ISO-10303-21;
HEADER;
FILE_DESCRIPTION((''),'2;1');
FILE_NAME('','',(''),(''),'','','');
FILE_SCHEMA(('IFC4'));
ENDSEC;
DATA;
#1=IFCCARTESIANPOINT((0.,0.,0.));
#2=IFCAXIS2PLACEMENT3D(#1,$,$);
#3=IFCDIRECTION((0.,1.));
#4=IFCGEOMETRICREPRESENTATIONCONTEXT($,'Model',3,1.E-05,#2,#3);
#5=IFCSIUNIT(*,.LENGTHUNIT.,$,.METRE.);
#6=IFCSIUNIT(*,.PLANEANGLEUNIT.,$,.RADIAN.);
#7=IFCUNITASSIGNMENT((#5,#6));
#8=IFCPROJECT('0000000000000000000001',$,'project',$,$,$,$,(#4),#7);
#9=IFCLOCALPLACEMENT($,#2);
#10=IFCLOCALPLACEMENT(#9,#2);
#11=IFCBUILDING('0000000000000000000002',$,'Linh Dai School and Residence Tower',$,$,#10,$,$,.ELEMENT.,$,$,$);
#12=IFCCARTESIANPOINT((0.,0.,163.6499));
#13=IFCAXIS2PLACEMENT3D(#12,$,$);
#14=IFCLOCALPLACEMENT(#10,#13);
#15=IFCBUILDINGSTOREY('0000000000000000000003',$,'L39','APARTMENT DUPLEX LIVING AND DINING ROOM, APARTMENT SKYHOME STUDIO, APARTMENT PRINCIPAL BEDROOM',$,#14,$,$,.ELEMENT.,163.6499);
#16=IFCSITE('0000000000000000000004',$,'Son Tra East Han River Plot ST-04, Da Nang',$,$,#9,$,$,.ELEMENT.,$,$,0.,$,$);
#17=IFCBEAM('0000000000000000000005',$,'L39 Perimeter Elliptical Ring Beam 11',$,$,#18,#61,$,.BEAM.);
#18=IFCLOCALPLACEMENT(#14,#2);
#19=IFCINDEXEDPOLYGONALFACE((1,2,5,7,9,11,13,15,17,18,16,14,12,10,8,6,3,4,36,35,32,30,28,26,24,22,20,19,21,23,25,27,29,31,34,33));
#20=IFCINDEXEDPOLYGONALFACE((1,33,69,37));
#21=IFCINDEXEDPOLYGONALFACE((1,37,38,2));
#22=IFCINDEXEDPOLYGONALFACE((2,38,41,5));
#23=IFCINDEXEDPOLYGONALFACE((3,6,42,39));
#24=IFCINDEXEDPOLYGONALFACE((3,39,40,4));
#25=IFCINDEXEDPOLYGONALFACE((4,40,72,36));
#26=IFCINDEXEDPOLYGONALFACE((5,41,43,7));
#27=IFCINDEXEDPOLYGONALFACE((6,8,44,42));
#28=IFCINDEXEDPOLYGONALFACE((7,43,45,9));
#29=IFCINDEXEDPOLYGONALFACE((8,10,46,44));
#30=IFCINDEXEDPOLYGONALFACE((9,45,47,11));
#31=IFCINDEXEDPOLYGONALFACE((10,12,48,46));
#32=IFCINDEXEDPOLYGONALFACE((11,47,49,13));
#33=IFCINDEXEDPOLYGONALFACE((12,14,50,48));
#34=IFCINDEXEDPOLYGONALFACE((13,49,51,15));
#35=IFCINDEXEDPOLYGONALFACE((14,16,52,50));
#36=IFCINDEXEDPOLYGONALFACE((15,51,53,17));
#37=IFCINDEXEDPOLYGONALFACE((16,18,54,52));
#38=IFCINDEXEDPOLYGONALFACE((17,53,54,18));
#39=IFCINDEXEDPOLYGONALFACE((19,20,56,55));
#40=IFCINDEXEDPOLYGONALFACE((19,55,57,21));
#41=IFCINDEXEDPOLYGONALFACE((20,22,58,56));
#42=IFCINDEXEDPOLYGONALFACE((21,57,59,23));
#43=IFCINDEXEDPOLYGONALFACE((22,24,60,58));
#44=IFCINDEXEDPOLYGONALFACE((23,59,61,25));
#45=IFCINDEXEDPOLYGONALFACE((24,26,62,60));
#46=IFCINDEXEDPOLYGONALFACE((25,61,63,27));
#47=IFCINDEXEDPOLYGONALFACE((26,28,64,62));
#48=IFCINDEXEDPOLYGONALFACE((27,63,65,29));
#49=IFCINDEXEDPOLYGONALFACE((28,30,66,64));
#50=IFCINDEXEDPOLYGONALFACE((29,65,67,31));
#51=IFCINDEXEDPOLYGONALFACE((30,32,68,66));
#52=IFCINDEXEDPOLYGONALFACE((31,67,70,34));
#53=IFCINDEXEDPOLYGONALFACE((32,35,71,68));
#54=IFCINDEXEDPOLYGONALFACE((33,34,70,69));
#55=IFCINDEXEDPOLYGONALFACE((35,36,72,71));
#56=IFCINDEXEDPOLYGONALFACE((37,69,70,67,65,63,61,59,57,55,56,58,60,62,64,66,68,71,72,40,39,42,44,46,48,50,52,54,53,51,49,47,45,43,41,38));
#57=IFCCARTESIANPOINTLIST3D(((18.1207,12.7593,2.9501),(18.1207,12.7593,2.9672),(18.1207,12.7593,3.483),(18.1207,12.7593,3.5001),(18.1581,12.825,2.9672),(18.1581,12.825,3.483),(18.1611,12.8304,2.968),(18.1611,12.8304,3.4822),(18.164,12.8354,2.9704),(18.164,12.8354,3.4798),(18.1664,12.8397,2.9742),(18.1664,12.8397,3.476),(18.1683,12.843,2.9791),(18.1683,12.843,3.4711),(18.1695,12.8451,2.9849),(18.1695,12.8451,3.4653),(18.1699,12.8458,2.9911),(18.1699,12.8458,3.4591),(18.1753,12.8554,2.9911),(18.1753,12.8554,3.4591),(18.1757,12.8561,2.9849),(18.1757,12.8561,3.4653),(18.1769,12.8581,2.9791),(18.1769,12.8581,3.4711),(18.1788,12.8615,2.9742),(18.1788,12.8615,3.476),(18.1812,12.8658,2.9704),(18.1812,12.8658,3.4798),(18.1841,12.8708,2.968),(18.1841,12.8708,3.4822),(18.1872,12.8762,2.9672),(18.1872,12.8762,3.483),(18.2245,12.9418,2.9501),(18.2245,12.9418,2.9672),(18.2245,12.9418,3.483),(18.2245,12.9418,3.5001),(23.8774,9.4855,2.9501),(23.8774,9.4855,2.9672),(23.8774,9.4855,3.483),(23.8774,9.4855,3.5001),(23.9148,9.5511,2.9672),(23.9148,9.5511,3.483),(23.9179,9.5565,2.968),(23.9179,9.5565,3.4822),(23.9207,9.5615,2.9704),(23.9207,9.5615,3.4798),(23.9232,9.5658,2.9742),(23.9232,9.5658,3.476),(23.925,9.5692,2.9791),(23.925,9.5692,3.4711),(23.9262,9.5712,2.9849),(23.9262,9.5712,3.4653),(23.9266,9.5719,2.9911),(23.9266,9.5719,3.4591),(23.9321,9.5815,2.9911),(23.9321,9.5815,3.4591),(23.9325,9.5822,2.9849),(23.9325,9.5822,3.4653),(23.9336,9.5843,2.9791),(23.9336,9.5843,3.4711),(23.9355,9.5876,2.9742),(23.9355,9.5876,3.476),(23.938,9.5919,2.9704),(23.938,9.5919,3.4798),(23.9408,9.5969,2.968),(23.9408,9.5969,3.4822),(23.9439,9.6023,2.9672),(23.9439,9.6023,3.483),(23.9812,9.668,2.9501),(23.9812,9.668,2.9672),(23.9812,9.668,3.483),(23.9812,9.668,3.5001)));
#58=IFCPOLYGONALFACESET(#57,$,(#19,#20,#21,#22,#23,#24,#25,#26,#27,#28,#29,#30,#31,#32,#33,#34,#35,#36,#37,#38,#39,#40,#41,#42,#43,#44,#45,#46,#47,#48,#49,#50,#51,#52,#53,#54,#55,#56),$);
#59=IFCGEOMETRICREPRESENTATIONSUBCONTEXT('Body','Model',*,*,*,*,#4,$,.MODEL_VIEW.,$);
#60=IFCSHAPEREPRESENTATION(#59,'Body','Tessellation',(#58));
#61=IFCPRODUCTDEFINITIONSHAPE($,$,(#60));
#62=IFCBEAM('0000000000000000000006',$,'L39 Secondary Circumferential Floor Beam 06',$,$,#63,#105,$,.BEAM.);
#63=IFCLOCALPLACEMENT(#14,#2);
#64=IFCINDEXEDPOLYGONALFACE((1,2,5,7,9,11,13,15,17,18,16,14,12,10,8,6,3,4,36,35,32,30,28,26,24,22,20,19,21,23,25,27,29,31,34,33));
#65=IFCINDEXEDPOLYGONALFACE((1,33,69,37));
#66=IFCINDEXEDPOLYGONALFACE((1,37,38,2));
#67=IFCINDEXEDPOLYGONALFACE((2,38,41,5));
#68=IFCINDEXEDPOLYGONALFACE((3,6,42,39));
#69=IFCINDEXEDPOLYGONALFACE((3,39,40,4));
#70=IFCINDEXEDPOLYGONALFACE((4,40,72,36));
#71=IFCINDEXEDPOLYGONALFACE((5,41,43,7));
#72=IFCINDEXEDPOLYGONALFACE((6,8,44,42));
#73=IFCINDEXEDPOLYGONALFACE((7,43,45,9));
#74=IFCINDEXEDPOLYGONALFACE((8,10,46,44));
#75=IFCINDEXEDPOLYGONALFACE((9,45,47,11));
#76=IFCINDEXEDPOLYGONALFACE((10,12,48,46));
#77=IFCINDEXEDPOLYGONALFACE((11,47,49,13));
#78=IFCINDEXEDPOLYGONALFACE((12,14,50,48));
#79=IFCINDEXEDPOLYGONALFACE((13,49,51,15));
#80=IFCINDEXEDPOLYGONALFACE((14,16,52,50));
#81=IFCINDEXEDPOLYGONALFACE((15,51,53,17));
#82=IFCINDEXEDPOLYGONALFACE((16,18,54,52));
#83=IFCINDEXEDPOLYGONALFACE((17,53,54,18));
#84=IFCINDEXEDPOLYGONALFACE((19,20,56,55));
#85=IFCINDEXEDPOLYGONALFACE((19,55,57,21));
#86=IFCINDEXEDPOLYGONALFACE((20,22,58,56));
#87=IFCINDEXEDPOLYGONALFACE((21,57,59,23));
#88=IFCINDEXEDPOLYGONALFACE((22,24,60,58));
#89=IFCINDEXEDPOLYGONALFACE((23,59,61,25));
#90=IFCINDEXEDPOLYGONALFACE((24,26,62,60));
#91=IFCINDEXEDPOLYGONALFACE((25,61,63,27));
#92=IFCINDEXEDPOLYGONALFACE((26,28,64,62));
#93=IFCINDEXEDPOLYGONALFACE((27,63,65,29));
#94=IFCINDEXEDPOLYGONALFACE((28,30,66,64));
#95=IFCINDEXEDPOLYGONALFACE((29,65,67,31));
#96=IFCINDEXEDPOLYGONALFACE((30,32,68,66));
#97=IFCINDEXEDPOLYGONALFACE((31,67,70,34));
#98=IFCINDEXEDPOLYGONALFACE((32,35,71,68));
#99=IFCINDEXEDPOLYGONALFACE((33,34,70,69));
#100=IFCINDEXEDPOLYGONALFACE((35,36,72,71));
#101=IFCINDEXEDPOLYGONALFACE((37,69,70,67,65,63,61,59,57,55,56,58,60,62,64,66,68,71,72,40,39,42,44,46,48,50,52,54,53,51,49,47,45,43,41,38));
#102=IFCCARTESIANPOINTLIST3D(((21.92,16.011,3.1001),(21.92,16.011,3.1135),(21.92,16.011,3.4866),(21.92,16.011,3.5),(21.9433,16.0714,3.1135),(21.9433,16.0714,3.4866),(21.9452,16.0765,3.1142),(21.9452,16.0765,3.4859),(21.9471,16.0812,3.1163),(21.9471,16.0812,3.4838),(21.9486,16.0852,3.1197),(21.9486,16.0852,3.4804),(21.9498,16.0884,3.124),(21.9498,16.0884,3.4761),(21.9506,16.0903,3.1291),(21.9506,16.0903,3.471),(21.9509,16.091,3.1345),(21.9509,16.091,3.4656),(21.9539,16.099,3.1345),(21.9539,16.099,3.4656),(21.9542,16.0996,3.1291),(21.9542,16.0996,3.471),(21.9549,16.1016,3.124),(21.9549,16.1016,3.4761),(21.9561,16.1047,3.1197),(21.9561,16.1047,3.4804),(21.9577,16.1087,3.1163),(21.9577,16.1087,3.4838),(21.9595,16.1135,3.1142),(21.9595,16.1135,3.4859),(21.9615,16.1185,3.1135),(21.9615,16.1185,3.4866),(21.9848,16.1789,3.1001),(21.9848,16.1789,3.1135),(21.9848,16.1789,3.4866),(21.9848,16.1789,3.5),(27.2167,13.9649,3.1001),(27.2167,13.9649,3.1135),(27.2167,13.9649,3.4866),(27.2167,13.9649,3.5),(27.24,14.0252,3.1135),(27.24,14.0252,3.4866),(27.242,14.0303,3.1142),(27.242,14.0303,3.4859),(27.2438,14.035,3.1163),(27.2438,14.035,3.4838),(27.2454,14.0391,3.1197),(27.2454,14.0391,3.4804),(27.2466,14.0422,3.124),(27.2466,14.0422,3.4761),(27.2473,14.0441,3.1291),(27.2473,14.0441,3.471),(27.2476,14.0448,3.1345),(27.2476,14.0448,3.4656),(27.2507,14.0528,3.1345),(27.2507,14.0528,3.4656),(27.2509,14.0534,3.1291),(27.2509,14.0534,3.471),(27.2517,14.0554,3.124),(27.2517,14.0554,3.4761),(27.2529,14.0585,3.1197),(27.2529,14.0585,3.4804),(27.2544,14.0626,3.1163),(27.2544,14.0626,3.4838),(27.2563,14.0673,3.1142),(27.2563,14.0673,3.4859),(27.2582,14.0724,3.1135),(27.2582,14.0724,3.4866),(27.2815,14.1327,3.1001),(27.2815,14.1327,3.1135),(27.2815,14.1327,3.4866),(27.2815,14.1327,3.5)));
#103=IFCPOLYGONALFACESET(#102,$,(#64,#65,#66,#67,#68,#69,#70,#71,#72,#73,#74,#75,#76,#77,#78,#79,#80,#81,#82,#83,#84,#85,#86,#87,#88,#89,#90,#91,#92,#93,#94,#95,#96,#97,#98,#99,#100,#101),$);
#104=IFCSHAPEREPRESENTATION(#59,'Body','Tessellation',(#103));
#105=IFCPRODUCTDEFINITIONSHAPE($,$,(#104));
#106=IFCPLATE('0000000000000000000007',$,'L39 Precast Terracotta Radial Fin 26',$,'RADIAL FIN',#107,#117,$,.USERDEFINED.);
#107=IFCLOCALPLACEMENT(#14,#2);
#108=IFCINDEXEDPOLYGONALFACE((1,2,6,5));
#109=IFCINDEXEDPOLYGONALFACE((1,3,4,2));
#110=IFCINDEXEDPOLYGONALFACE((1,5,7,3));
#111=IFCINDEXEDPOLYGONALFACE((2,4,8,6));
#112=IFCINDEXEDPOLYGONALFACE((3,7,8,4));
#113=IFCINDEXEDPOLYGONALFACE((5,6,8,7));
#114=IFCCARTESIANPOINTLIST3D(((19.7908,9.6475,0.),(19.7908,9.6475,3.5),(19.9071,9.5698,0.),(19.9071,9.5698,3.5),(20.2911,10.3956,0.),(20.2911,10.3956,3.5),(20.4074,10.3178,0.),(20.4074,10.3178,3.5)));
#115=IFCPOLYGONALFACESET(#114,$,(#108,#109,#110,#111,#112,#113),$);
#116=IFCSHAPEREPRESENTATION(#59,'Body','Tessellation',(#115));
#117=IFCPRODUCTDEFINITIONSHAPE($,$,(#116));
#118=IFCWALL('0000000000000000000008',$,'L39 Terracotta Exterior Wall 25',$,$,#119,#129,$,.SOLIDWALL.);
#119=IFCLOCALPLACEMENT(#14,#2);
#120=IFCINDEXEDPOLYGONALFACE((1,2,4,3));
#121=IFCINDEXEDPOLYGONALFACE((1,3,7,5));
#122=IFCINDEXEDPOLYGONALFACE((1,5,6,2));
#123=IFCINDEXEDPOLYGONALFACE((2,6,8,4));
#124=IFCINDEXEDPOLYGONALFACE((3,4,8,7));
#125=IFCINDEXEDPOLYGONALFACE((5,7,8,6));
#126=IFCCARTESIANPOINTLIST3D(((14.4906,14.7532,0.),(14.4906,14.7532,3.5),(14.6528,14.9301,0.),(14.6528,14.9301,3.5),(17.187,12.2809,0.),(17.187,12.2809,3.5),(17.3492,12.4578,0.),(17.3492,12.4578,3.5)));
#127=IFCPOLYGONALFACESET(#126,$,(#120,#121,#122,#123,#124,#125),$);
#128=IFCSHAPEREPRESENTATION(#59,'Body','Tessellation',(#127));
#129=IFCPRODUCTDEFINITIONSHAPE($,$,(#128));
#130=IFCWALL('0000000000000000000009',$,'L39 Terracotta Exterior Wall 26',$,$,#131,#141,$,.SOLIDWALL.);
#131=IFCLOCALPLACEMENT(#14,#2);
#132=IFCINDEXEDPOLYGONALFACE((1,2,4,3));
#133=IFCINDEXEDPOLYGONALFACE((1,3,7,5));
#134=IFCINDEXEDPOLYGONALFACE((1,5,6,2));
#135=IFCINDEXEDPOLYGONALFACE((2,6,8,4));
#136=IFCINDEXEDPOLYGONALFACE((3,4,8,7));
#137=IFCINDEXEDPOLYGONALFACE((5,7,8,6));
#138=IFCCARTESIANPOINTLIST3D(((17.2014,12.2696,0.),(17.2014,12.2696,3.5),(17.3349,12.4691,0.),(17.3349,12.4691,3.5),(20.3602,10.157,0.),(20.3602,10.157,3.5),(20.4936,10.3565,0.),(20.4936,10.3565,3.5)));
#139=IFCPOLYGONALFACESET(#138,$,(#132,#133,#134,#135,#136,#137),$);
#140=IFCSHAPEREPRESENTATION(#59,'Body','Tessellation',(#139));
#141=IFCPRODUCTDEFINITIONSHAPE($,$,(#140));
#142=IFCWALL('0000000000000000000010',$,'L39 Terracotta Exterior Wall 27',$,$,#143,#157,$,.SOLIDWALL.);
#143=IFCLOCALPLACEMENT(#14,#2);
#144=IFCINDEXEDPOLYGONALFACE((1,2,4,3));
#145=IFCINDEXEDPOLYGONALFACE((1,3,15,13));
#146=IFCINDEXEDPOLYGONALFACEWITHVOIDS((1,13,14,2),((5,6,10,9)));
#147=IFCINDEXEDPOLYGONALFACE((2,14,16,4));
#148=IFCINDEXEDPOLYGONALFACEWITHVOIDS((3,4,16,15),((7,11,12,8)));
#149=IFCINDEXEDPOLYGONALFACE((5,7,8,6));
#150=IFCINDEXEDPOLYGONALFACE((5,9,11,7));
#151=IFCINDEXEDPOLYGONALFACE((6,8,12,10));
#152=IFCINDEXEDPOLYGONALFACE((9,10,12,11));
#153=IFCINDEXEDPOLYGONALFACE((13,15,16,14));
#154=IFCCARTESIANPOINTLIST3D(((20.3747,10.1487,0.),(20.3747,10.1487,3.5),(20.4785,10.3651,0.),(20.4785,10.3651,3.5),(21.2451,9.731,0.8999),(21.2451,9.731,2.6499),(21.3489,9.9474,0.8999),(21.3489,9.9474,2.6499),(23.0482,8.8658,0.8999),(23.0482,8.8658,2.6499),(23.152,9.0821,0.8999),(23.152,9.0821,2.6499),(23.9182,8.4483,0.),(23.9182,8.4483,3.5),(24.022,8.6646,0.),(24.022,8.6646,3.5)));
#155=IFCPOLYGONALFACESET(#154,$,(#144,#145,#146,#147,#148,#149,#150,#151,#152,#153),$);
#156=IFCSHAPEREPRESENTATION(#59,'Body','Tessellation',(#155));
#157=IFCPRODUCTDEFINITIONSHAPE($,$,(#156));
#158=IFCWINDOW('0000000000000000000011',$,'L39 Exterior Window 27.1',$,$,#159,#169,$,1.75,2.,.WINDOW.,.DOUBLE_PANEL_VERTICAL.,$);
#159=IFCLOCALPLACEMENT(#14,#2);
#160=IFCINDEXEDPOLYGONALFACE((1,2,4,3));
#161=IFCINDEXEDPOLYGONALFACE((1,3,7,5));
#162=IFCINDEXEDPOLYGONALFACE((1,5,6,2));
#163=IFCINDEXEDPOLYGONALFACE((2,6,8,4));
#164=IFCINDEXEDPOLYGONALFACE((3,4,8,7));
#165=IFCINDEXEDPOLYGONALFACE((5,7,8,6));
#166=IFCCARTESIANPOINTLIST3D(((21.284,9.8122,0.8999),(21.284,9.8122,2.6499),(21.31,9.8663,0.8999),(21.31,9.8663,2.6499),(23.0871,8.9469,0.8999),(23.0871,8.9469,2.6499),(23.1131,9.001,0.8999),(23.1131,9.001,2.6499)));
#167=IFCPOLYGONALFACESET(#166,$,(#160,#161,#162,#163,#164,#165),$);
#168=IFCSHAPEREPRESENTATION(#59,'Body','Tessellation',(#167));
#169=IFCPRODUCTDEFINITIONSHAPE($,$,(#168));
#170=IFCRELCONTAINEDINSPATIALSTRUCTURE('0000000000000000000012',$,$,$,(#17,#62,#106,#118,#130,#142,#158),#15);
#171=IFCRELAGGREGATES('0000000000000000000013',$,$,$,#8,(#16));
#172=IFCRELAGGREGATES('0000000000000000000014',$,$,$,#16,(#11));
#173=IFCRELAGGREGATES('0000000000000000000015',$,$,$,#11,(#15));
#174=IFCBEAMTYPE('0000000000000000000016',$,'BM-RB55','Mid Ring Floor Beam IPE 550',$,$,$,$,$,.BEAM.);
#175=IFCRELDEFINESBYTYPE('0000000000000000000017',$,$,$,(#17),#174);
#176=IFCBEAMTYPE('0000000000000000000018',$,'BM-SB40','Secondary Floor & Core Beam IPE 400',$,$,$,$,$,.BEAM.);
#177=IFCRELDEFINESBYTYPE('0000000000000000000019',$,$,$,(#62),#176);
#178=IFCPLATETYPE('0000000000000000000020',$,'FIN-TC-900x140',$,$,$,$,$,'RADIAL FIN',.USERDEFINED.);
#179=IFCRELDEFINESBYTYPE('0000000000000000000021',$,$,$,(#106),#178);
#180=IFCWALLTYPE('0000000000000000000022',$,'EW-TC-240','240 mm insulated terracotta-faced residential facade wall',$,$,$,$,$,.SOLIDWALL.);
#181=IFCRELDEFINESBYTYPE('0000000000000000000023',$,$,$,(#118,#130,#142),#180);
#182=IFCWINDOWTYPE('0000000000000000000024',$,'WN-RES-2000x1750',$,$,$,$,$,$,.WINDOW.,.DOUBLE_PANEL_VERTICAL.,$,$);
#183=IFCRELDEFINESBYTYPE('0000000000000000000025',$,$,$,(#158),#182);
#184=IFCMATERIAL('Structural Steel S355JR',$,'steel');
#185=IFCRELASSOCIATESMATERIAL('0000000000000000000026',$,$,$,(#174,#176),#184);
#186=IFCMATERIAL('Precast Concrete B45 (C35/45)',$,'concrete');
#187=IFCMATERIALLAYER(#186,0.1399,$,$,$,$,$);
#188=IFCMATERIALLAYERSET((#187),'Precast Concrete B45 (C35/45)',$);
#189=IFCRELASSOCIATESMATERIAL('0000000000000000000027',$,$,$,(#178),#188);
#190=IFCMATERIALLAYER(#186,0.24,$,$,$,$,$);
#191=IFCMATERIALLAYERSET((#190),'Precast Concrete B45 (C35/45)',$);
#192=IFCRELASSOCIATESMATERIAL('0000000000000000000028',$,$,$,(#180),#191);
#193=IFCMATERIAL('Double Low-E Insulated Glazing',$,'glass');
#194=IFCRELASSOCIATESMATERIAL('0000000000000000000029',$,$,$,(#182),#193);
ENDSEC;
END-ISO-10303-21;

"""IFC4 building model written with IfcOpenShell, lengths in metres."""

from ifc_helpers import new_model, si_unit, direction, frame, frame_2d, origin, origin_2d, place, context, subcontext, project, spatial, rectangle, i_section, extrude, source, transform, mapped, material, layer, layer_set, material_profile, profile_set, type_object, element, fill, save


model = new_model("IFC4")

# Units and contexts
model_context = context("Model", 3, precision=1e-05, world=origin(), true_north=direction((0.0, 1.0)))
body_context = subcontext(model_context, "Body", "Model", "MODEL_VIEW")
ifc_project = project(units=[si_unit("LENGTHUNIT", "METRE"), si_unit("PLANEANGLEUNIT", "RADIAN")], contexts=[model_context])

# Site, building, storey
site_placement = place(None, origin())
site = spatial("IfcSite", under=ifc_project, at=site_placement, Name="Son Tra East Han River Plot ST-04, Da Nang", CompositionType="ELEMENT", RefElevation=0.0)
building_placement = place(site_placement, origin())
building = spatial("IfcBuilding", under=site, at=building_placement, Name="Linh Dai School and Residence Tower", CompositionType="ELEMENT")
storey_placement = place(building_placement, frame((0.0, 0.0, 163.6499)))
storey = spatial("IfcBuildingStorey", under=building, at=storey_placement, Name="L39", Description="APARTMENT DUPLEX LIVING AND DINING ROOM, APARTMENT SKYHOME STUDIO, APARTMENT PRINCIPAL BEDROOM", CompositionType="ELEMENT", Elevation=163.6499)

# Shared definitions
ifc_material_1 = material(Name="Structural Steel S355JR", Category="steel")

# Beams
ifc_material_profile_1 = material_profile(ifc_material_1, i_section(OverallWidth=0.21, OverallDepth=0.55, WebThickness=0.011, FlangeThickness=0.0171, FilletRadius=0.0239, at=origin_2d()), Name="IPE 550")
ifc_profile_set_1 = profile_set([ifc_material_profile_1], Name="Structural Steel S355JR")
beam_type_1 = type_object("IfcBeamType", Name="BM-RB55", Description="Mid Ring Floor Beam IPE 550", PredefinedType="BEAM", material=ifc_profile_set_1)
beam_1_placement = place(storey_placement, frame((18.1726, 12.8506, 3.2251), z_axis=(0.869262, -0.494351, 0.0), x_axis=(0.494351, 0.869262, 0.0)))
element("IfcBeam", 1, at=beam_1_placement, inside=storey, type_object=beam_type_1, Name="L39 Perimeter Elliptical Ring Beam 11", PredefinedType="BEAM", context=body_context, shape_type="SweptSolid", body=[
    extrude(i_section(OverallWidth=0.21, OverallDepth=0.55, WebThickness=0.011, FlangeThickness=0.0171, FilletRadius=0.0239, at=origin_2d()), origin(), (0.0, 0.0, 1.0), 6.6226),
])
ifc_material_profile_2 = material_profile(ifc_material_1, i_section(OverallWidth=0.1799, OverallDepth=0.3999, WebThickness=0.0085, FlangeThickness=0.0134, FilletRadius=0.021, at=origin_2d()), Name="IPE 400")
ifc_profile_set_2 = profile_set([ifc_material_profile_2], Name="Structural Steel S355JR")
beam_type_2 = type_object("IfcBeamType", Name="BM-SB40", Description="Secondary Floor & Core Beam IPE 400", PredefinedType="BEAM", material=ifc_profile_set_2)
beam_2_placement = place(storey_placement, frame((21.9524, 16.095, 3.3), z_axis=(0.932815, -0.360356, 0.0), x_axis=(0.360356, 0.932815, 0.0)))
element("IfcBeam", 2, at=beam_2_placement, inside=storey, type_object=beam_type_2, Name="L39 Secondary Circumferential Floor Beam 06", PredefinedType="BEAM", context=body_context, shape_type="SweptSolid", body=[
    extrude(i_section(OverallWidth=0.1799, OverallDepth=0.3999, WebThickness=0.0085, FlangeThickness=0.0134, FilletRadius=0.021, at=origin_2d()), origin(), (0.0, 0.0, 1.0), 5.6782),
])

# Plate
ifc_material_2 = material(Name="Precast Concrete B45 (C35/45)", Category="concrete")
ifc_layer_1 = layer(ifc_material_2, 0.1399)
ifc_layer_set_1 = layer_set([ifc_layer_1], Name="Precast Concrete B45 (C35/45)")
plate_type = type_object("IfcPlateType", Name="FIN-TC-900x140", ElementType="RADIAL FIN", PredefinedType="USERDEFINED", material=ifc_layer_set_1)
shared_shape_1 = source(origin(), body_context, "Body", "SweptSolid", [
    extrude(rectangle(XDim=0.8999, YDim=0.1399, at=origin_2d()), origin(), (0.0, 0.0, 1.0), 3.5),
])
plate_placement = place(storey_placement, frame((20.0991, 9.9827, 0.0), z_axis=(0.0, 0.0, 1.0), x_axis=(-0.555931, -0.831228, 0.0)))
element("IfcPlate", 3, at=plate_placement, inside=storey, type_object=plate_type, Name="L39 Precast Terracotta Radial Fin 26", ObjectType="RADIAL FIN", PredefinedType="USERDEFINED", context=body_context, shape_type="MappedRepresentation", body=[
    mapped(shared_shape_1, transform((0.0, 0.0, 0.0), x_axis=(1.0, 0.0, 0.0), y_axis=(0.0, 1.0, 0.0), z_axis=(0.0, 0.0, 1.0), scale=1.0)),
])

# Walls
ifc_layer_2 = layer(ifc_material_2, 0.24)
ifc_layer_set_2 = layer_set([ifc_layer_2], Name="Precast Concrete B45 (C35/45)")
wall_type_1 = type_object("IfcWallType", Name="EW-TC-240", Description="240 mm insulated terracotta-faced residential facade wall", PredefinedType="SOLIDWALL", material=ifc_layer_set_2)
wall_1_placement = place(storey_placement, frame((17.2681, 12.3694, 0.0), z_axis=(0.0, 0.0, 1.0), x_axis=(-0.737077, 0.675809, 0.0)))
element("IfcWall", 4, at=wall_1_placement, inside=storey, type_object=wall_type_1, Name="L39 Terracotta Exterior Wall 25", PredefinedType="SOLIDWALL", context=body_context, shape_type="SweptSolid", body=[
    extrude(rectangle(XDim=3.6582, YDim=0.24, at=frame_2d((1.8291, 0.0))), origin(), (0.0, 0.0, 1.0), 3.5),
])
wall_2_placement = place(storey_placement, frame((20.4268, 10.2568, 0.0), z_axis=(0.0, 0.0, 1.0), x_axis=(-0.831229, 0.55593, 0.0)))
element("IfcWall", 5, at=wall_2_placement, inside=storey, type_object=wall_type_1, Name="L39 Terracotta Exterior Wall 26", PredefinedType="SOLIDWALL", context=body_context, shape_type="SweptSolid", body=[
    extrude(rectangle(XDim=3.8, YDim=0.24, at=frame_2d((1.8999, 0.0))), origin(), (0.0, 0.0, 1.0), 3.5),
])

# Wall, opening, window
wall_3_placement = place(storey_placement, frame((23.9702, 8.5564, 0.0), z_axis=(0.0, 0.0, 1.0), x_axis=(-0.901565, 0.432644, 0.0)))
wall_3 = element("IfcWall", 6, at=wall_3_placement, inside=storey, type_object=wall_type_1, Name="L39 Terracotta Exterior Wall 27", PredefinedType="SOLIDWALL", context=body_context, shape_type="SweptSolid", body=[
    extrude(rectangle(XDim=3.9304, YDim=0.24, at=frame_2d((1.9653, 0.0))), origin(), (0.0, 0.0, 1.0), 3.5),
])
opening_1_placement = place(wall_3_placement, frame((0.9651, 0.0, 0.8999)))
opening_1 = element("IfcOpeningElement", 7, at=opening_1_placement, cuts=wall_3, PredefinedType="OPENING", context=body_context, shape_type="SweptSolid", body=[
    extrude(rectangle(XDim=2.0, YDim=1.75, at=origin_2d()), frame((1.0, 0.1299, 0.875), z_axis=(0.0, -1.0, 0.0), x_axis=(1.0, 0.0, 0.0)), (0.0, 0.0, 1.0), 0.26),
])
ifc_material_3 = material(Name="Double Low-E Insulated Glazing", Category="glass")
window_type = type_object("IfcWindowType", Name="WN-RES-2000x1750", PartitioningType="DOUBLE_PANEL_VERTICAL", PredefinedType="WINDOW", material=ifc_material_3)
shared_shape_2 = source(origin(), body_context, "Body", "SweptSolid", [
    extrude(rectangle(XDim=2.0, YDim=1.75, at=origin_2d()), frame((1.0, 0.03, 0.875), z_axis=(0.0, -1.0, 0.0), x_axis=(1.0, 0.0, 0.0)), (0.0, 0.0, 1.0), 0.0601),
])
window_placement = place(opening_1_placement, origin())
window = element("IfcWindow", 8, at=window_placement, inside=storey, type_object=window_type, Name="L39 Exterior Window 27.1", OverallHeight=1.75, OverallWidth=2.0, PartitioningType="DOUBLE_PANEL_VERTICAL", PredefinedType="WINDOW", context=body_context, shape_type="MappedRepresentation", body=[
    mapped(shared_shape_2, transform((0.0, 0.0, 0.0), x_axis=(1.0, 0.0, 0.0), y_axis=(0.0, 1.0, 0.0), z_axis=(0.0, 0.0, 1.0), scale=1.0)),
])
fill(opening_1, window)

save(model, "model.ifc")
